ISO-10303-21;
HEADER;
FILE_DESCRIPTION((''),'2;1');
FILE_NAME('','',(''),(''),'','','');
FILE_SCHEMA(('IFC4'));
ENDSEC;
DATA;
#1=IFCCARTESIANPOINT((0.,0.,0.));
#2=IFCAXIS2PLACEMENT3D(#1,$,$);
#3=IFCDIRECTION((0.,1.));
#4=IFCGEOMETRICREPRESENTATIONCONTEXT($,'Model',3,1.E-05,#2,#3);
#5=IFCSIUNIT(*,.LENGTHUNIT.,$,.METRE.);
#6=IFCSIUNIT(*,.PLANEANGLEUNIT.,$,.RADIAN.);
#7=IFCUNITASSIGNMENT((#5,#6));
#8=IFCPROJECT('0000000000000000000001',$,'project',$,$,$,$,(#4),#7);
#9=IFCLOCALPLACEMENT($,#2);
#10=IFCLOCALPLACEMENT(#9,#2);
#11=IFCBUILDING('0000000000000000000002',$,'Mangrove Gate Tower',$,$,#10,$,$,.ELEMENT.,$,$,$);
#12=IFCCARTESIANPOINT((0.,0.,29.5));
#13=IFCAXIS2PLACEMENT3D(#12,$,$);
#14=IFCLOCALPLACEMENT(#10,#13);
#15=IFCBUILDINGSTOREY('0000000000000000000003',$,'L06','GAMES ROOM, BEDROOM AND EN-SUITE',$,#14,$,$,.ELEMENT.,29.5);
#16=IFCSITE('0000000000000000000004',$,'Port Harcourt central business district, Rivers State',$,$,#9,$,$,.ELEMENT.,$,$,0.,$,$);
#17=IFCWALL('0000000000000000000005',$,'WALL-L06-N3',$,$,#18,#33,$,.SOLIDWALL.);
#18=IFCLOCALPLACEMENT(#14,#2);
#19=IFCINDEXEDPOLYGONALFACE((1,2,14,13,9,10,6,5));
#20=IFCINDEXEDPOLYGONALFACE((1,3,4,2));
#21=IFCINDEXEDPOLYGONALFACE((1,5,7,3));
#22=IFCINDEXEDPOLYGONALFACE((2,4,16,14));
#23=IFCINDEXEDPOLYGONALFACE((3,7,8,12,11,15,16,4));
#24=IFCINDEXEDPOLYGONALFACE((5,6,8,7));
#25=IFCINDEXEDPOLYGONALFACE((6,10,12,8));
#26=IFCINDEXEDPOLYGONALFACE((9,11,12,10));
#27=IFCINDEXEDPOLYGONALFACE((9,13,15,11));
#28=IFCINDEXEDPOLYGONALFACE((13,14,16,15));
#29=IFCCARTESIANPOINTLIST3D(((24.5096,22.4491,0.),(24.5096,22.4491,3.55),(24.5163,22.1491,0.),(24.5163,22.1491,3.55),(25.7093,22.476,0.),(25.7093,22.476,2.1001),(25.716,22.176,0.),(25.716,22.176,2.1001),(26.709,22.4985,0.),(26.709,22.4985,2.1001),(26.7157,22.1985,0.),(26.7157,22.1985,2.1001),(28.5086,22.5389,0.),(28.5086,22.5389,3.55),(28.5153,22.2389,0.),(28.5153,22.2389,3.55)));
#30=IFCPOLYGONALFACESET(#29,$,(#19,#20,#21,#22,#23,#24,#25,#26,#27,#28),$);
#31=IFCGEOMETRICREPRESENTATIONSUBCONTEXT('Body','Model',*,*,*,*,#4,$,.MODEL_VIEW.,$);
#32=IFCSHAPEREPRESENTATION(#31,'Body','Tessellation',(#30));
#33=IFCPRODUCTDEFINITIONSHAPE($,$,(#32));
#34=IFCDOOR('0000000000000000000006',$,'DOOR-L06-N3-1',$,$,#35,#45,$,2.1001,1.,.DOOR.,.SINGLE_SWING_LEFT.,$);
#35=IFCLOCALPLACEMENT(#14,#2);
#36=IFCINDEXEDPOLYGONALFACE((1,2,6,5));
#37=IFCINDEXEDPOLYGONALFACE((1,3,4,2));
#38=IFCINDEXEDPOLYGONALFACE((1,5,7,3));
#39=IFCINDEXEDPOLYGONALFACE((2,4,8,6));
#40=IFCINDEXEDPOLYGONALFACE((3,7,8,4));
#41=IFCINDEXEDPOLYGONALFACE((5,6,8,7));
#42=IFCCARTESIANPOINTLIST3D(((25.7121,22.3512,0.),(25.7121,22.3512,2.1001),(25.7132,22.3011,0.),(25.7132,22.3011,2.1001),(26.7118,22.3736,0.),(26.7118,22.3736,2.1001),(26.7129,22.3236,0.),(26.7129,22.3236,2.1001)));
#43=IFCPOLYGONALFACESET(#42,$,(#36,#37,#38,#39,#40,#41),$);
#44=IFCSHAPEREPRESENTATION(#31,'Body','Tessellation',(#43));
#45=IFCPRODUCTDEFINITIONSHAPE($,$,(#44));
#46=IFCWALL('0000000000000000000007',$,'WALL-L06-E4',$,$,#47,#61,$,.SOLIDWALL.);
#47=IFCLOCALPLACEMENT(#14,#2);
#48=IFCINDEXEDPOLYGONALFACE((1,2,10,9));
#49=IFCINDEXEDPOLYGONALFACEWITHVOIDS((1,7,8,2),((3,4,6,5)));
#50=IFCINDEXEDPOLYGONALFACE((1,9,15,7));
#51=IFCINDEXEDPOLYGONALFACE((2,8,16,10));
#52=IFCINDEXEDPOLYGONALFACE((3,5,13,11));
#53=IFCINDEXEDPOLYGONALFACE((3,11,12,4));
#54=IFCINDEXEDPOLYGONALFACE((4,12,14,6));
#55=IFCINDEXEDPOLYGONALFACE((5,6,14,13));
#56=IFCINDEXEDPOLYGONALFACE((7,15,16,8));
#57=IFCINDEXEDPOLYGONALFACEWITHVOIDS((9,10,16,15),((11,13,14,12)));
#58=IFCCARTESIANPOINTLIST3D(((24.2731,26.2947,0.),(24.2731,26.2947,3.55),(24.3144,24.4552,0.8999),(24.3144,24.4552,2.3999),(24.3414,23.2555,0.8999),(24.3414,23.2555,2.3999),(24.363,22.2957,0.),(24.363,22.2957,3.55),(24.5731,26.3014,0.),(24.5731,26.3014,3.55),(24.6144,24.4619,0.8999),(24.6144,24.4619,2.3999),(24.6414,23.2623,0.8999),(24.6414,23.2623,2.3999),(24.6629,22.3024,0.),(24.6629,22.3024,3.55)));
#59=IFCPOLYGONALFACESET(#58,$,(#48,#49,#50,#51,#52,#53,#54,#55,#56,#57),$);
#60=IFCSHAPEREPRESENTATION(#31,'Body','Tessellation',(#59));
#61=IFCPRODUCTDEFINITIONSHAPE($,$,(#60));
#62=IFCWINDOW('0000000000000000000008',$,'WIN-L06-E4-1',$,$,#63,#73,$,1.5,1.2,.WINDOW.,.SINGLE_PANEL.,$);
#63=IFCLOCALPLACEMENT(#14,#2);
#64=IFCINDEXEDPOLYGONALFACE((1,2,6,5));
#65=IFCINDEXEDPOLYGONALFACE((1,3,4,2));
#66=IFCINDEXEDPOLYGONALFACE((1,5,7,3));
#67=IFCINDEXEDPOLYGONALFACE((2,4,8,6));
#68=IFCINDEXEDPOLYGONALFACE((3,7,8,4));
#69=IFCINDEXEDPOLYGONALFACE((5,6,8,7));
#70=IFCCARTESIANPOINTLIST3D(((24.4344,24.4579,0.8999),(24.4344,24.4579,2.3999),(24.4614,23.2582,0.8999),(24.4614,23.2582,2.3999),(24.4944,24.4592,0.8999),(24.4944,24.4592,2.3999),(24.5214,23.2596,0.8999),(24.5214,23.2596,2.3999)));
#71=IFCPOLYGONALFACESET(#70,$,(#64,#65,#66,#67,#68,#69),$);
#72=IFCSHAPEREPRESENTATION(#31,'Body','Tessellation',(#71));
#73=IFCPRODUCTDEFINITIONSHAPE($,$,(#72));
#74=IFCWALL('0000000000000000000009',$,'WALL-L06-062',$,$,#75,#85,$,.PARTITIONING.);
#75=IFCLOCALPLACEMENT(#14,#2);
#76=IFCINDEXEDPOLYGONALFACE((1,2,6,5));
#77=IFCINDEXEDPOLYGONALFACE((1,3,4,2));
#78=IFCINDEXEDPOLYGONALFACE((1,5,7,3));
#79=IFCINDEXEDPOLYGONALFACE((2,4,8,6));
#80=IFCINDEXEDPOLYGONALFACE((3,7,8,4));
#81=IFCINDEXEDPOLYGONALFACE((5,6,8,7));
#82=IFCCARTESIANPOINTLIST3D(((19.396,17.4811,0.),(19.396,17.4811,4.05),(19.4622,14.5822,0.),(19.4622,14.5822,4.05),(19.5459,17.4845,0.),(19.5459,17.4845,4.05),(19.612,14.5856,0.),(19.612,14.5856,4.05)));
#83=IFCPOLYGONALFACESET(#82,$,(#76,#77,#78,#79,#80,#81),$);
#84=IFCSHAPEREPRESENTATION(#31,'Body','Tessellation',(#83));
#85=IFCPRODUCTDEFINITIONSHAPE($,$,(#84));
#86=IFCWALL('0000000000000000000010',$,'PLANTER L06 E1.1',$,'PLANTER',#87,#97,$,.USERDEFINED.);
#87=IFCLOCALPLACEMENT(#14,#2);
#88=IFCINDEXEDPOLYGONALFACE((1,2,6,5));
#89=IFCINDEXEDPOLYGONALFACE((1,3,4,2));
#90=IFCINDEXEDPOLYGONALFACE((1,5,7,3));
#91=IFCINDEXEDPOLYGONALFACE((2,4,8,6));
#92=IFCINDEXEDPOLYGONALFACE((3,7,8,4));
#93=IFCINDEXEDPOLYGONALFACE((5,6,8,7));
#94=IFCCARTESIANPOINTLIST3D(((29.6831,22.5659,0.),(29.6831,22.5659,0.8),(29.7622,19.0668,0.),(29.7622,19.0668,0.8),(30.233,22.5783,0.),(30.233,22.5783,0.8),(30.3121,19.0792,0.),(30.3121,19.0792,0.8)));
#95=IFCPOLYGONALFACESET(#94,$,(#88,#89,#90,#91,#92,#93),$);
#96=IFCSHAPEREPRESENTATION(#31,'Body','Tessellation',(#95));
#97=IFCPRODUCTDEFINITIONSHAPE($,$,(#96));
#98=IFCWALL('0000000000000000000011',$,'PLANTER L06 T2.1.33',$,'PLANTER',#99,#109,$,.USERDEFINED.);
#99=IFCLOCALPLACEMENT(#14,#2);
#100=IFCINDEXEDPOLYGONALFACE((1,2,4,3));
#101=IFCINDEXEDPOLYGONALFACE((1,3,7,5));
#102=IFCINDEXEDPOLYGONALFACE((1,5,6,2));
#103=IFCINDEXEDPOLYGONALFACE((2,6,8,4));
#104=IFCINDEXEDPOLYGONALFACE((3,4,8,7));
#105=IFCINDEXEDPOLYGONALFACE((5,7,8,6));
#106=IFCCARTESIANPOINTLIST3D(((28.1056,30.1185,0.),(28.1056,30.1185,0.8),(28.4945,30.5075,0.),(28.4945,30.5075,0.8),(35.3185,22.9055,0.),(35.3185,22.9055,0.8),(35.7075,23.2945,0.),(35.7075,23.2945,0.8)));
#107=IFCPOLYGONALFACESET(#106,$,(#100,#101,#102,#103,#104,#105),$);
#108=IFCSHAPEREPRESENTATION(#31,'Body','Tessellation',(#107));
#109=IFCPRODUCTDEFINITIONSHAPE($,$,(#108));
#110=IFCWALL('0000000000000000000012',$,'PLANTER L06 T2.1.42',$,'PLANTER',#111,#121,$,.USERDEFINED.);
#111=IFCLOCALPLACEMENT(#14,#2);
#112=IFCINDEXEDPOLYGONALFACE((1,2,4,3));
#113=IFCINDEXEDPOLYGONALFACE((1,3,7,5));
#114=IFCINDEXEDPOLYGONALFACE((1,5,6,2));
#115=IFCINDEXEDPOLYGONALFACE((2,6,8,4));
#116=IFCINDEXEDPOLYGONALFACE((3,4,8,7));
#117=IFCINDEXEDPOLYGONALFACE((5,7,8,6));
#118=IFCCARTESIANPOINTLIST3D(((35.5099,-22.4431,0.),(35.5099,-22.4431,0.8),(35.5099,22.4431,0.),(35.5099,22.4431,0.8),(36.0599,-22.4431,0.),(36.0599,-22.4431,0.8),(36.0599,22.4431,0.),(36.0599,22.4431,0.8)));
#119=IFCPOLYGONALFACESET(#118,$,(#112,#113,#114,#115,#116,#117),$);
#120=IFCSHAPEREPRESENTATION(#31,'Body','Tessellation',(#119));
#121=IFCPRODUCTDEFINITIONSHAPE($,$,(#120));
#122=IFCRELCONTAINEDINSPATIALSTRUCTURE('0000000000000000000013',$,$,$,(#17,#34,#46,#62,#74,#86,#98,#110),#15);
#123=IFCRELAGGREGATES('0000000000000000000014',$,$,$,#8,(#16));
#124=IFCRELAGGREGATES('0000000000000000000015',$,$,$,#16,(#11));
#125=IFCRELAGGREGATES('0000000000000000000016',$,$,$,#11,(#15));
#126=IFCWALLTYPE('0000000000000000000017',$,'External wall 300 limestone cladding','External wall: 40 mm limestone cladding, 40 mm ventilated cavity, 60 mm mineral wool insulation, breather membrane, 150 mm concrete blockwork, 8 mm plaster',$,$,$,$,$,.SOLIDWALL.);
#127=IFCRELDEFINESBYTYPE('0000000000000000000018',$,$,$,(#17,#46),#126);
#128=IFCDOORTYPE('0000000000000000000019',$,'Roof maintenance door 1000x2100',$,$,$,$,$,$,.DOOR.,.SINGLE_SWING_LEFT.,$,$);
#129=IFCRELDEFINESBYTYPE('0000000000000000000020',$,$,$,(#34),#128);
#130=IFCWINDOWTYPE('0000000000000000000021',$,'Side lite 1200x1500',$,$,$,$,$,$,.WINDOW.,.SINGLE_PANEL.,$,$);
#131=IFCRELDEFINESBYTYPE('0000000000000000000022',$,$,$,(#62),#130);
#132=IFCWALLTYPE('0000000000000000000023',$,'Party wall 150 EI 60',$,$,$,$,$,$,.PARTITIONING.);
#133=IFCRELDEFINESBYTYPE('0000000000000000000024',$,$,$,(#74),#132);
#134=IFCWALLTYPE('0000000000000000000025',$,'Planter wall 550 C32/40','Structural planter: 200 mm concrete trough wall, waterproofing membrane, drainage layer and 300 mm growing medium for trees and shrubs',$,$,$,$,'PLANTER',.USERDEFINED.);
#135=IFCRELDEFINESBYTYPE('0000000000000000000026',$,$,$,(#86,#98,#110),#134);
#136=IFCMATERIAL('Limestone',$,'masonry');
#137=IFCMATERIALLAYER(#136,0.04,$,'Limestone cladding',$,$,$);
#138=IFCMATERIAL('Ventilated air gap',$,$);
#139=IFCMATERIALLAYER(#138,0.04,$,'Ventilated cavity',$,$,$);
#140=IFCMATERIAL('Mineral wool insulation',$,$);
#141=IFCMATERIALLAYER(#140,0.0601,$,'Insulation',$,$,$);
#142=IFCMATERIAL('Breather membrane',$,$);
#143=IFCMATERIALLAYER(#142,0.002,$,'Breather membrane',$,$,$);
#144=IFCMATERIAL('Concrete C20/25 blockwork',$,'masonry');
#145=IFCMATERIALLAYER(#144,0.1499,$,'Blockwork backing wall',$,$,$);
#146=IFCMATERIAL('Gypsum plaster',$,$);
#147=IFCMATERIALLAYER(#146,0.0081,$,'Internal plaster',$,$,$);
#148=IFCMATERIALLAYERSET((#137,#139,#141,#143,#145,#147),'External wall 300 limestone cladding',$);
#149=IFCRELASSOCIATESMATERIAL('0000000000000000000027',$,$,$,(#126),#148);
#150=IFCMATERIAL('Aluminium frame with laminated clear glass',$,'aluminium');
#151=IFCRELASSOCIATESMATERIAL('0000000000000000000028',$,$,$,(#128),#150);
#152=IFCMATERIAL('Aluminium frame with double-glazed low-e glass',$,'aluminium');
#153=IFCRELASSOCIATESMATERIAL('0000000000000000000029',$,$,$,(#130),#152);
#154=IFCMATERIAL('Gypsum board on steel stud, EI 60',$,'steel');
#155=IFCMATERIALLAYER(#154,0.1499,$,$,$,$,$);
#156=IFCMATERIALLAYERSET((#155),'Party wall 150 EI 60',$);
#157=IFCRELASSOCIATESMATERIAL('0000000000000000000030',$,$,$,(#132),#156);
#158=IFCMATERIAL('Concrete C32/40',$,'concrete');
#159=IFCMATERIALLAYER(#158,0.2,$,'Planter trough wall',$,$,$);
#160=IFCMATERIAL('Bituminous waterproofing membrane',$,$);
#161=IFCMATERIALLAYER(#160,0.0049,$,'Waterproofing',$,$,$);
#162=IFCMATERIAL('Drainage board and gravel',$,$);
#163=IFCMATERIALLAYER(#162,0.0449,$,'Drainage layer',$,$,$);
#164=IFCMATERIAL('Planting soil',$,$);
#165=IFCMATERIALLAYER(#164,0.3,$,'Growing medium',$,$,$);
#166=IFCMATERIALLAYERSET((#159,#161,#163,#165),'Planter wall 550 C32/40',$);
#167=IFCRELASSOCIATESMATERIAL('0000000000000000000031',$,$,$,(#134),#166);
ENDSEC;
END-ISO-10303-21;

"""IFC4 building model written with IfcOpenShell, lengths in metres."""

from ifc_helpers import new_model, si_unit, direction, frame, frame_2d, origin, place, context, subcontext, project, spatial, rectangle, extrude, material, layer, layer_set, type_object, element, fill, save


model = new_model("IFC4")

# Units and contexts
model_context = context("Model", 3, precision=1e-05, world=origin(), true_north=direction((0.0, 1.0)))
body_context = subcontext(model_context, "Body", "Model", "MODEL_VIEW")
ifc_project = project(units=[si_unit("LENGTHUNIT", "METRE"), si_unit("PLANEANGLEUNIT", "RADIAN")], contexts=[model_context])

# Site, building, storey
site_placement = place(None, origin())
site = spatial("IfcSite", under=ifc_project, at=site_placement, Name="Port Harcourt central business district, Rivers State", CompositionType="ELEMENT", RefElevation=0.0)
building_placement = place(site_placement, origin())
building = spatial("IfcBuilding", under=site, at=building_placement, Name="Mangrove Gate Tower", CompositionType="ELEMENT")
storey_placement = place(building_placement, frame((0.0, 0.0, 29.5)))
storey = spatial("IfcBuildingStorey", under=building, at=storey_placement, Name="L06", Description="GAMES ROOM, BEDROOM AND EN-SUITE", CompositionType="ELEMENT", Elevation=29.5)

# Wall, opening, door
ifc_material_1 = material(Name="Limestone", Category="masonry")
ifc_layer_1 = layer(ifc_material_1, 0.04, Name="Limestone cladding")
ifc_material_2 = material(Name="Ventilated air gap")
ifc_layer_2 = layer(ifc_material_2, 0.04, Name="Ventilated cavity")
ifc_material_3 = material(Name="Mineral wool insulation")
ifc_layer_3 = layer(ifc_material_3, 0.0601, Name="Insulation")
ifc_material_4 = material(Name="Breather membrane")
ifc_layer_4 = layer(ifc_material_4, 0.002, Name="Breather membrane")
ifc_material_5 = material(Name="Concrete C20/25 blockwork", Category="masonry")
ifc_layer_5 = layer(ifc_material_5, 0.1499, Name="Blockwork backing wall")
ifc_material_6 = material(Name="Gypsum plaster")
ifc_layer_6 = layer(ifc_material_6, 0.0081, Name="Internal plaster")
ifc_layer_set_1 = layer_set([ifc_layer_1, ifc_layer_2, ifc_layer_3, ifc_layer_4, ifc_layer_5, ifc_layer_6], Name="External wall 300 limestone cladding")
wall_type_1 = type_object("IfcWallType", Name="External wall 300 limestone cladding", Description="External wall: 40 mm limestone cladding, 40 mm ventilated cavity, 60 mm mineral wool insulation, breather membrane, 150 mm concrete blockwork, 8 mm plaster", PredefinedType="SOLIDWALL", material=ifc_layer_set_1)
wall_1_placement = place(storey_placement, frame((28.512, 22.3889, 0.0), z_axis=(0.0, 0.0, 1.0), x_axis=(-0.999748, -0.022461, 0.0)))
wall_1 = element("IfcWall", 1, at=wall_1_placement, inside=storey, type_object=wall_type_1, Name="WALL-L06-N3", PredefinedType="SOLIDWALL", context=body_context, shape_type="SweptSolid", body=[
    extrude(rectangle(XDim=4.0, YDim=0.3, at=frame_2d((2.0, 0.0))), origin(), (0.0, 0.0, 1.0), 3.55),
])
opening_1_placement = place(wall_1_placement, frame((1.8, 0.0, 0.0)))
opening_1 = element("IfcOpeningElement", 2, at=opening_1_placement, cuts=wall_1, PredefinedType="OPENING", context=body_context, shape_type="SweptSolid", body=[
    extrude(rectangle(XDim=1.0, YDim=2.1001, at=frame_2d((0.5, 1.05))), frame((0.0, 0.1599, 0.0), z_axis=(0.0, -1.0, 0.0), x_axis=(1.0, 0.0, 0.0)), (0.0, 0.0, 1.0), 0.3201),
])
ifc_material_7 = material(Name="Aluminium frame with laminated clear glass", Category="aluminium")
door_type_1 = type_object("IfcDoorType", Name="Roof maintenance door 1000x2100", OperationType="SINGLE_SWING_LEFT", PredefinedType="DOOR", material=ifc_material_7)
door_1_placement = place(opening_1_placement, origin())
door_1 = element("IfcDoor", 3, at=door_1_placement, inside=storey, type_object=door_type_1, Name="DOOR-L06-N3-1", OperationType="SINGLE_SWING_LEFT", OverallHeight=2.1001, OverallWidth=1.0, PredefinedType="DOOR", context=body_context, shape_type="SweptSolid", body=[
    extrude(rectangle(XDim=1.0, YDim=2.1001, at=frame_2d((0.5, 1.05))), frame((0.0, 0.0249, 0.0), z_axis=(0.0, -1.0, 0.0), x_axis=(1.0, 0.0, 0.0)), (0.0, 0.0, 1.0), 0.05),
])
fill(opening_1, door_1)

# Wall, opening, window
wall_2_placement = place(storey_placement, frame((24.5129, 22.2991, 0.0), z_axis=(0.0, 0.0, 1.0), x_axis=(-0.022461, 0.999748, 0.0)))
wall_2 = element("IfcWall", 4, at=wall_2_placement, inside=storey, type_object=wall_type_1, Name="WALL-L06-E4", PredefinedType="SOLIDWALL", context=body_context, shape_type="SweptSolid", body=[
    extrude(rectangle(XDim=4.0, YDim=0.3, at=frame_2d((2.0, 0.0))), origin(), (0.0, 0.0, 1.0), 3.55),
])
opening_2_placement = place(wall_2_placement, frame((0.96, 0.0, 0.8999)))
opening_2 = element("IfcOpeningElement", 5, at=opening_2_placement, cuts=wall_2, PredefinedType="OPENING", context=body_context, shape_type="SweptSolid", body=[
    extrude(rectangle(XDim=1.2, YDim=1.5, at=frame_2d((0.6001, 0.75))), frame((0.0, 0.1599, 0.0), z_axis=(0.0, -1.0, 0.0), x_axis=(1.0, 0.0, 0.0)), (0.0, 0.0, 1.0), 0.3201),
])
ifc_material_8 = material(Name="Aluminium frame with double-glazed low-e glass", Category="aluminium")
window_type_1 = type_object("IfcWindowType", Name="Side lite 1200x1500", PartitioningType="SINGLE_PANEL", PredefinedType="WINDOW", material=ifc_material_8)
window_1_placement = place(opening_2_placement, origin())
window_1 = element("IfcWindow", 6, at=window_1_placement, inside=storey, type_object=window_type_1, Name="WIN-L06-E4-1", OverallHeight=1.5, OverallWidth=1.2, PartitioningType="SINGLE_PANEL", PredefinedType="WINDOW", context=body_context, shape_type="SweptSolid", body=[
    extrude(rectangle(XDim=1.2, YDim=1.5, at=frame_2d((0.6001, 0.75))), frame((0.0, 0.03, 0.0), z_axis=(0.0, -1.0, 0.0), x_axis=(1.0, 0.0, 0.0)), (0.0, 0.0, 1.0), 0.0601),
])
fill(opening_2, window_1)

# Walls
ifc_material_9 = material(Name="Gypsum board on steel stud, EI 60", Category="steel")
ifc_layer_7 = layer(ifc_material_9, 0.1499)
ifc_layer_set_2 = layer_set([ifc_layer_7], Name="Party wall 150 EI 60")
wall_type_2 = type_object("IfcWallType", Name="Party wall 150 EI 60", PredefinedType="PARTITIONING", material=ifc_layer_set_2)
wall_3_placement = place(storey_placement, frame((19.5371, 14.584, 0.0), z_axis=(0.0, 0.0, 1.0), x_axis=(-0.022817, 0.99974, 0.0)))
element("IfcWall", 7, at=wall_3_placement, inside=storey, type_object=wall_type_2, Name="WALL-L06-062", PredefinedType="PARTITIONING", context=body_context, shape_type="SweptSolid", body=[
    extrude(rectangle(XDim=2.8997, YDim=0.1499, at=frame_2d((1.4497, 0.0))), origin(), (0.0, 0.0, 1.0), 4.05),
])
ifc_material_10 = material(Name="Concrete C32/40", Category="concrete")
ifc_layer_8 = layer(ifc_material_10, 0.2, Name="Planter trough wall")
ifc_material_11 = material(Name="Bituminous waterproofing membrane")
ifc_layer_9 = layer(ifc_material_11, 0.0049, Name="Waterproofing")
ifc_material_12 = material(Name="Drainage board and gravel")
ifc_layer_10 = layer(ifc_material_12, 0.0449, Name="Drainage layer")
ifc_material_13 = material(Name="Planting soil")
ifc_layer_11 = layer(ifc_material_13, 0.3, Name="Growing medium")
ifc_layer_set_3 = layer_set([ifc_layer_8, ifc_layer_9, ifc_layer_10, ifc_layer_11], Name="Planter wall 550 C32/40")
wall_type_3 = type_object("IfcWallType", Name="Planter wall 550 C32/40", Description="Structural planter: 200 mm concrete trough wall, waterproofing membrane, drainage layer and 300 mm growing medium for trees and shrubs", ElementType="PLANTER", PredefinedType="USERDEFINED", material=ifc_layer_set_3)
wall_4_placement = place(storey_placement, frame((30.0371, 19.073, 0.0), z_axis=(0.0, 0.0, 1.0), x_axis=(-0.022601, 0.999745, 0.0)))
element("IfcWall", 8, at=wall_4_placement, inside=storey, type_object=wall_type_3, Name="PLANTER L06 E1.1", ObjectType="PLANTER", PredefinedType="USERDEFINED", context=body_context, shape_type="SweptSolid", body=[
    extrude(rectangle(XDim=3.5, YDim=0.55, at=frame_2d((1.75, 0.0))), origin(), (0.0, 0.0, 1.0), 0.8),
])
wall_5_placement = place(storey_placement, frame((28.3, 30.313, 0.0), z_axis=(0.0, 0.0, 1.0), x_axis=(0.707107, -0.707107, 0.0)))
element("IfcWall", 9, at=wall_5_placement, inside=storey, type_object=wall_type_3, Name="PLANTER L06 T2.1.33", ObjectType="PLANTER", PredefinedType="USERDEFINED", context=body_context, shape_type="SweptSolid", body=[
    extrude(rectangle(XDim=10.2007, YDim=0.55, at=frame_2d((5.1003, 0.0))), origin(), (0.0, 0.0, 1.0), 0.8),
])
wall_6_placement = place(storey_placement, frame((35.7849, 22.4431, 0.0), z_axis=(0.0, 0.0, 1.0), x_axis=(0.0, -1.0, 0.0)))
element("IfcWall", 10, at=wall_6_placement, inside=storey, type_object=wall_type_3, Name="PLANTER L06 T2.1.42", ObjectType="PLANTER", PredefinedType="USERDEFINED", context=body_context, shape_type="SweptSolid", body=[
    extrude(rectangle(XDim=44.8862, YDim=0.55, at=frame_2d((22.4431, 0.0))), origin(), (0.0, 0.0, 1.0), 0.8),
])

save(model, "model.ifc")
